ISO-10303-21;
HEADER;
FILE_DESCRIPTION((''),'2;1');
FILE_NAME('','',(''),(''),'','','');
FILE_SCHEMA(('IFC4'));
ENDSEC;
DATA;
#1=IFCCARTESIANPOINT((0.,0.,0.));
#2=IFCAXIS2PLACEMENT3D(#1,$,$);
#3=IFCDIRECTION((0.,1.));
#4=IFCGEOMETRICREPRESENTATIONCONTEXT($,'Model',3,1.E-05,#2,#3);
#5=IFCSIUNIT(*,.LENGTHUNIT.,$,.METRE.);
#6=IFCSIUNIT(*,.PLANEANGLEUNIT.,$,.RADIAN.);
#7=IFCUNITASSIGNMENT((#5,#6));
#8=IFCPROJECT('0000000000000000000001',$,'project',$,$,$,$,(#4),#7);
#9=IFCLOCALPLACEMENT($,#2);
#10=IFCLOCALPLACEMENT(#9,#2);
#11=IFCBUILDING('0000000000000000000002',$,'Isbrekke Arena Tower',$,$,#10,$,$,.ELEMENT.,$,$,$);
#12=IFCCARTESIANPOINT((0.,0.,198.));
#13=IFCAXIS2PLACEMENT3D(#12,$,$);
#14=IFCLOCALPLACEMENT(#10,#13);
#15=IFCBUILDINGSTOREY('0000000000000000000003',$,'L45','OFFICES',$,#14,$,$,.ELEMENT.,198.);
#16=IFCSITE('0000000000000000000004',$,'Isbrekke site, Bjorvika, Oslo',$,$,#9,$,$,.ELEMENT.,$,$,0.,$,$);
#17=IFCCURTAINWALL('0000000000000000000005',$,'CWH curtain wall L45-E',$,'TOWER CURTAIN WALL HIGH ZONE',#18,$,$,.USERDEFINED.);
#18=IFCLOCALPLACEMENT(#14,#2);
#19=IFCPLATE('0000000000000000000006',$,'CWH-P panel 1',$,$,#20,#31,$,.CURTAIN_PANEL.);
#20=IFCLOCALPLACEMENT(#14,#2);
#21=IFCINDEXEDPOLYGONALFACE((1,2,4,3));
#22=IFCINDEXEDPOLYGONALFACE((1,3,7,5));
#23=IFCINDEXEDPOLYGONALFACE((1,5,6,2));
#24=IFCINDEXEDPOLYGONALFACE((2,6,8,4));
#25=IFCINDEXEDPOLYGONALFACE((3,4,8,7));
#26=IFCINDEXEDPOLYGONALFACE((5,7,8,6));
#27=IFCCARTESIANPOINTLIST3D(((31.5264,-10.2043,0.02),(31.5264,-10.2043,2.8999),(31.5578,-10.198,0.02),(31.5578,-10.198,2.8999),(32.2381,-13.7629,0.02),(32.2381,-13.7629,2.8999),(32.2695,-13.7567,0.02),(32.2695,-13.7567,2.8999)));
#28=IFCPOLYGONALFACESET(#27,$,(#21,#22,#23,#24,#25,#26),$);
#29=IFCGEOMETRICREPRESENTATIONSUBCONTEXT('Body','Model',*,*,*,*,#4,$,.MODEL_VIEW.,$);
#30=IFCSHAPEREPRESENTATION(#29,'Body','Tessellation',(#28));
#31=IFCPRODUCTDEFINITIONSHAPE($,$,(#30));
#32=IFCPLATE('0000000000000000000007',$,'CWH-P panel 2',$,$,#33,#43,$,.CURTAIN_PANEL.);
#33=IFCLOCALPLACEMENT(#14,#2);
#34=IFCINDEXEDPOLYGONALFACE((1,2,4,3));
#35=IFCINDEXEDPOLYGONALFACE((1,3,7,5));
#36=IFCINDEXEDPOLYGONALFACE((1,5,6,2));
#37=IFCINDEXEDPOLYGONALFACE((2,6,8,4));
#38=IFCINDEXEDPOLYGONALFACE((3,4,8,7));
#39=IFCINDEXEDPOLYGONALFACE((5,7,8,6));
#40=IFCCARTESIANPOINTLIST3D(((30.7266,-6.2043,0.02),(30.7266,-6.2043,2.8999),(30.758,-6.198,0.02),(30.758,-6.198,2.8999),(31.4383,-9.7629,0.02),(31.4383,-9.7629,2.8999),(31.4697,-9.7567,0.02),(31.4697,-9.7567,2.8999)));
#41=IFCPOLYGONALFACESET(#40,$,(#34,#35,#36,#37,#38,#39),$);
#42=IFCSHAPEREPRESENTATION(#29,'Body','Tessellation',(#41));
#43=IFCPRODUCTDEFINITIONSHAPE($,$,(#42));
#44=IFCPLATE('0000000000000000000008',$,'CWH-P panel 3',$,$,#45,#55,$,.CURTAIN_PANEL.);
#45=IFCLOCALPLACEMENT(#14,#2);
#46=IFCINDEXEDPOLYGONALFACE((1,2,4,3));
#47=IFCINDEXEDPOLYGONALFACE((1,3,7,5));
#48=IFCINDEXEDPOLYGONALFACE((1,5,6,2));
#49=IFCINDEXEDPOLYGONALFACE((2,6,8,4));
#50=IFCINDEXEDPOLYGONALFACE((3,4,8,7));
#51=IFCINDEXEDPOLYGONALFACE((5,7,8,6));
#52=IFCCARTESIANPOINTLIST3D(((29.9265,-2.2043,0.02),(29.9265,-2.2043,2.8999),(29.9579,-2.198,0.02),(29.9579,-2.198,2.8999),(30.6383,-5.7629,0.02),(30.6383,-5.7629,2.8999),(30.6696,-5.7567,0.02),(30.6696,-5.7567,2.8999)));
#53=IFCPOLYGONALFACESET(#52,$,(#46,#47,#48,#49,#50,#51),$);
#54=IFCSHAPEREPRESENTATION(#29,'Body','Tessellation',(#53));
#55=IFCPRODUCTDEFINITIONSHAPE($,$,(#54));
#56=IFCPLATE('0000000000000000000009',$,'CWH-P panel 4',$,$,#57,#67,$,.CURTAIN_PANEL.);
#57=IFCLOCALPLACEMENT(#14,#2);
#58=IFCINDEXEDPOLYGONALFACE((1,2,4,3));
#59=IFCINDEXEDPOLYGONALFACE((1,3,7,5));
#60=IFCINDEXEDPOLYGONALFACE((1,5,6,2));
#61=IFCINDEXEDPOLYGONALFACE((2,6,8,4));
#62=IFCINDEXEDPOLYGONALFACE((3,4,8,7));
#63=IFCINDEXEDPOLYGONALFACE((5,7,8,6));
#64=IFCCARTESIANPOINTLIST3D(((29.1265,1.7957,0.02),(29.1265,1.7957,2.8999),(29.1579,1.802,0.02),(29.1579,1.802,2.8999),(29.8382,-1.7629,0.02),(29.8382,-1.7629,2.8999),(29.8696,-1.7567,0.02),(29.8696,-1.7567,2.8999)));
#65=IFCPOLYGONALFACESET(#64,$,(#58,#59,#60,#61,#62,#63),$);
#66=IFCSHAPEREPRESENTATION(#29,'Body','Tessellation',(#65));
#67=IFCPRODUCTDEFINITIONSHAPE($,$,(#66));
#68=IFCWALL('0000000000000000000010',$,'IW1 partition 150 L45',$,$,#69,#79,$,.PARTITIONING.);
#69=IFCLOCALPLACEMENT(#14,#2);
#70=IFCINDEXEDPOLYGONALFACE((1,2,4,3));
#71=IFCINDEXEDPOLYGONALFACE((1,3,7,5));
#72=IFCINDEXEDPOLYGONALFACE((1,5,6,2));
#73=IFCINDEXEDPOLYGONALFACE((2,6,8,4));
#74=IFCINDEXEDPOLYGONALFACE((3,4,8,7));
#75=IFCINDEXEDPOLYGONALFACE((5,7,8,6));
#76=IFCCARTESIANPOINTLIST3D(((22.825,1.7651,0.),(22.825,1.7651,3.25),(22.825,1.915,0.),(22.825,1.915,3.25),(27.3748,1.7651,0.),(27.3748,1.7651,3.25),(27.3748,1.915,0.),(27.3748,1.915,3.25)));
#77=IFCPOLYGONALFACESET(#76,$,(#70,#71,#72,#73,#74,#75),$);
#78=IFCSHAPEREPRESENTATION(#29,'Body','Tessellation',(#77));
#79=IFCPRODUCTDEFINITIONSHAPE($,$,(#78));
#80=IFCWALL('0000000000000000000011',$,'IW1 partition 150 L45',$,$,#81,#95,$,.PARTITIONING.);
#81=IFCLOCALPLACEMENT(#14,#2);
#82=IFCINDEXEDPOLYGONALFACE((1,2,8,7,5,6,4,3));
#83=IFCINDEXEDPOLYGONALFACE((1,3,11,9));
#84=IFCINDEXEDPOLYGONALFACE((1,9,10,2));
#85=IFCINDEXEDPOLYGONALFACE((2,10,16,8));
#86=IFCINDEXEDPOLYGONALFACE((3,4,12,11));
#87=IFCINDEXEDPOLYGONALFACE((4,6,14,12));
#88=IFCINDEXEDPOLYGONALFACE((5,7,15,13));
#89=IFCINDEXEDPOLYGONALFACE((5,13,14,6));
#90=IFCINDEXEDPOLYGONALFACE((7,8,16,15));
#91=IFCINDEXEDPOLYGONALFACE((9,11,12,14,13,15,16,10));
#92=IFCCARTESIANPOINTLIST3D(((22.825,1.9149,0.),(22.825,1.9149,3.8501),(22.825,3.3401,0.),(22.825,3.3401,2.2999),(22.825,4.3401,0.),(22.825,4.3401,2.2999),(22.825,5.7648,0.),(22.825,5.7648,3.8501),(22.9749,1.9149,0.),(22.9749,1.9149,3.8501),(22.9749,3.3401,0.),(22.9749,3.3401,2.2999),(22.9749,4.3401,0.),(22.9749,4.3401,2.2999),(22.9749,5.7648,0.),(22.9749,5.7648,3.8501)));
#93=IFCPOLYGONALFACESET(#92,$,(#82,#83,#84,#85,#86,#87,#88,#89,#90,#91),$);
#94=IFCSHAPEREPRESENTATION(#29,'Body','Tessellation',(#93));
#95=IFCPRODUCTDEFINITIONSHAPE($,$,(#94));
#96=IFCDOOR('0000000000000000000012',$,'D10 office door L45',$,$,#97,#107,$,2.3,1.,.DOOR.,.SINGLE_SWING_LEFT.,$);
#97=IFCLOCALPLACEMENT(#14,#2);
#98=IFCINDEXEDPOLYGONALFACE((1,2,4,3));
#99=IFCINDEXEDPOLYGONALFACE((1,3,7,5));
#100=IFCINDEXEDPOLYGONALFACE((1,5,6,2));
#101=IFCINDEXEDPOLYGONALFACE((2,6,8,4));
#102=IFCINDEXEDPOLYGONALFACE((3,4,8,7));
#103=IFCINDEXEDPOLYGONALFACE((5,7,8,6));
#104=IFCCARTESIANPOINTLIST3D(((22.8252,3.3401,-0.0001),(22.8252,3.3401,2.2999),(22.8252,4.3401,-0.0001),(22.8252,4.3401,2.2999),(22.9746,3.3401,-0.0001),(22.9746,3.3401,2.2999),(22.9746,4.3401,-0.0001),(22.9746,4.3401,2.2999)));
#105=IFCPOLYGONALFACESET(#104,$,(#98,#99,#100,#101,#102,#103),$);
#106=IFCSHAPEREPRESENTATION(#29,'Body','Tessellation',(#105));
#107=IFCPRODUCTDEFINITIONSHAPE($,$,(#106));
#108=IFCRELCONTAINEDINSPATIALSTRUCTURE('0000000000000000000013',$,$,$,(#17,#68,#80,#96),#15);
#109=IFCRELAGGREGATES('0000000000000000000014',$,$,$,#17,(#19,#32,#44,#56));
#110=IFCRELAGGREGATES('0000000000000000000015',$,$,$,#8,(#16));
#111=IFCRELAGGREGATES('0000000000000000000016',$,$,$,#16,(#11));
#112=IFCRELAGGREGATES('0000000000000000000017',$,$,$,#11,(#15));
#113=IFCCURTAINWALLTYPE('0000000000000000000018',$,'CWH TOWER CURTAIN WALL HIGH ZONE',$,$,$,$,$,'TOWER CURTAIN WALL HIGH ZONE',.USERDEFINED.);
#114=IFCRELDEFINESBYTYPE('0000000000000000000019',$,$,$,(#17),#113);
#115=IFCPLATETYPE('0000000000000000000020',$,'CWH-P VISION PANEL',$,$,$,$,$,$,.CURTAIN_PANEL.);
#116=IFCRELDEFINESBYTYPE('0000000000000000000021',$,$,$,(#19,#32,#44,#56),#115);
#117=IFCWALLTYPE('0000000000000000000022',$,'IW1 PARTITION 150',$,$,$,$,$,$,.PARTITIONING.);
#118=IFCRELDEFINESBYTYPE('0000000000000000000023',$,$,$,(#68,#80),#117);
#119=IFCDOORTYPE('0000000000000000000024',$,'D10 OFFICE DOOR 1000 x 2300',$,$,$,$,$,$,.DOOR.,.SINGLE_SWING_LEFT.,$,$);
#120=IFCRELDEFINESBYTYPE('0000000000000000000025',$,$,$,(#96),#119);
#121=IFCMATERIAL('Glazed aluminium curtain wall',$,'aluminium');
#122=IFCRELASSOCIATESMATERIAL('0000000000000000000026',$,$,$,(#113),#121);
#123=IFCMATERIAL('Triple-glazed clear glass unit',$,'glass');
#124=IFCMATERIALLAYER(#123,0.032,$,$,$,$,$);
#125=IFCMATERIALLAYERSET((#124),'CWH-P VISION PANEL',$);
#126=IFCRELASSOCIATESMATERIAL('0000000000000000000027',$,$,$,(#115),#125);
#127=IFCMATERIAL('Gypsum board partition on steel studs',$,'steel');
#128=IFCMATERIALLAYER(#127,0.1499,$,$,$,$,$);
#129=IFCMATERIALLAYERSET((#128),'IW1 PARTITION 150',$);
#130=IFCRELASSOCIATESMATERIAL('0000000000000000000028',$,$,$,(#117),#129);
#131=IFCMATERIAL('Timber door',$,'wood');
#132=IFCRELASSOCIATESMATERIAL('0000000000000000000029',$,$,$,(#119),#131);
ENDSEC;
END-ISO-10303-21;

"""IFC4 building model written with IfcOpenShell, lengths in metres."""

from ifc_helpers import new_model, si_unit, direction, frame, frame_2d, origin, origin_2d, place, context, subcontext, project, spatial, rectangle, extrude, material, layer, layer_set, type_object, element, fill, aggregate, save


model = new_model("IFC4")

# Units and contexts
model_context = context("Model", 3, precision=1e-05, world=origin(), true_north=direction((0.0, 1.0)))
body_context = subcontext(model_context, "Body", "Model", "MODEL_VIEW")
ifc_project = project(units=[si_unit("LENGTHUNIT", "METRE"), si_unit("PLANEANGLEUNIT", "RADIAN")], contexts=[model_context])

# Site, building, storey
site_placement = place(None, origin())
site = spatial("IfcSite", under=ifc_project, at=site_placement, Name="Isbrekke site, Bjorvika, Oslo", CompositionType="ELEMENT", RefElevation=0.0)
building_placement = place(site_placement, origin())
building = spatial("IfcBuilding", under=site, at=building_placement, Name="Isbrekke Arena Tower", CompositionType="ELEMENT")
storey_placement = place(building_placement, frame((0.0, 0.0, 198.0)))
storey = spatial("IfcBuildingStorey", under=building, at=storey_placement, Name="L45", Description="OFFICES", CompositionType="ELEMENT", Elevation=198.0)

# Curtain wall
ifc_material_1 = material(Name="Glazed aluminium curtain wall", Category="aluminium")
curtain_wall_type = type_object("IfcCurtainWallType", Name="CWH TOWER CURTAIN WALL HIGH ZONE", ElementType="TOWER CURTAIN WALL HIGH ZONE", PredefinedType="USERDEFINED", material=ifc_material_1)
curtain_wall_placement = place(storey_placement, origin())
curtain_wall = element("IfcCurtainWall", 1, at=curtain_wall_placement, inside=storey, type_object=curtain_wall_type, Name="CWH curtain wall L45-E", ObjectType="TOWER CURTAIN WALL HIGH ZONE", PredefinedType="USERDEFINED")

# Plates
ifc_material_2 = material(Name="Triple-glazed clear glass unit", Category="glass")
ifc_layer_1 = layer(ifc_material_2, 0.032)
ifc_layer_set_1 = layer_set([ifc_layer_1], Name="CWH-P VISION PANEL")
plate_type = type_object("IfcPlateType", Name="CWH-P VISION PANEL", PredefinedType="CURTAIN_PANEL", material=ifc_layer_set_1)
plate_1_placement = place(storey_placement, frame((31.8979, -11.9805, 0.02), z_axis=(0.0, 0.0, 1.0), x_axis=(-0.196116, 0.980581, 0.0)))
plate_1 = element("IfcPlate", 2, at=plate_1_placement, type_object=plate_type, Name="CWH-P panel 1", PredefinedType="CURTAIN_PANEL", context=body_context, shape_type="SweptSolid", body=[
    extrude(rectangle(XDim=3.6292, YDim=0.032, at=origin_2d()), origin(), (0.0, 0.0, 1.0), 2.8799),
])
plate_2_placement = place(storey_placement, frame((31.0981, -7.9805, 0.02), z_axis=(0.0, 0.0, 1.0), x_axis=(-0.196116, 0.980581, 0.0)))
plate_2 = element("IfcPlate", 3, at=plate_2_placement, type_object=plate_type, Name="CWH-P panel 2", PredefinedType="CURTAIN_PANEL", context=body_context, shape_type="SweptSolid", body=[
    extrude(rectangle(XDim=3.6292, YDim=0.032, at=origin_2d()), origin(), (0.0, 0.0, 1.0), 2.8799),
])
plate_3_placement = place(storey_placement, frame((30.2981, -3.9805, 0.02), z_axis=(0.0, 0.0, 1.0), x_axis=(-0.196116, 0.980581, 0.0)))
plate_3 = element("IfcPlate", 4, at=plate_3_placement, type_object=plate_type, Name="CWH-P panel 3", PredefinedType="CURTAIN_PANEL", context=body_context, shape_type="SweptSolid", body=[
    extrude(rectangle(XDim=3.6292, YDim=0.032, at=origin_2d()), origin(), (0.0, 0.0, 1.0), 2.8799),
])
plate_4_placement = place(storey_placement, frame((29.498, 0.0195, 0.02), z_axis=(0.0, 0.0, 1.0), x_axis=(-0.196116, 0.980581, 0.0)))
plate_4 = element("IfcPlate", 5, at=plate_4_placement, type_object=plate_type, Name="CWH-P panel 4", PredefinedType="CURTAIN_PANEL", context=body_context, shape_type="SweptSolid", body=[
    extrude(rectangle(XDim=3.6292, YDim=0.032, at=origin_2d()), origin(), (0.0, 0.0, 1.0), 2.8799),
])
aggregate(curtain_wall, [plate_1, plate_2, plate_3, plate_4])

# Wall
ifc_material_3 = material(Name="Gypsum board partition on steel studs", Category="steel")
ifc_layer_2 = layer(ifc_material_3, 0.1499)
ifc_layer_set_2 = layer_set([ifc_layer_2], Name="IW1 PARTITION 150")
wall_type = type_object("IfcWallType", Name="IW1 PARTITION 150", PredefinedType="PARTITIONING", material=ifc_layer_set_2)
wall_1_placement = place(storey_placement, frame((22.825, 1.8401, 0.0), z_axis=(0.0, 0.0, 1.0), x_axis=(1.0, 0.0, 0.0)))
element("IfcWall", 6, at=wall_1_placement, inside=storey, type_object=wall_type, Name="IW1 partition 150 L45", PredefinedType="PARTITIONING", context=body_context, shape_type="SweptSolid", body=[
    extrude(rectangle(XDim=4.5498, YDim=0.1499, at=frame_2d((2.2749, 0.0))), origin(), (0.0, 0.0, 1.0), 3.25),
])

# Wall, opening, door
wall_2_placement = place(storey_placement, frame((22.8999, 1.915, 0.0), z_axis=(0.0, 0.0, 1.0), x_axis=(0.0, 1.0, 0.0)))
wall_2 = element("IfcWall", 7, at=wall_2_placement, inside=storey, type_object=wall_type, Name="IW1 partition 150 L45", PredefinedType="PARTITIONING", context=body_context, shape_type="SweptSolid", body=[
    extrude(rectangle(XDim=3.8499, YDim=0.1499, at=frame_2d((1.9248, 0.0))), origin(), (0.0, 0.0, 1.0), 3.8501),
])
opening_placement = place(wall_2_placement, frame((1.425, 0.0, 0.0)))
opening = element("IfcOpeningElement", 8, at=opening_placement, cuts=wall_2, PredefinedType="OPENING", context=body_context, shape_type="SweptSolid", body=[
    extrude(rectangle(XDim=1.0, YDim=2.3, at=frame_2d((0.5, 1.1499))), frame((0.0, 0.0898, 0.0), z_axis=(0.0, -1.0, 0.0), x_axis=(1.0, 0.0, 0.0)), (0.0, 0.0, 1.0), 0.1797),
])
ifc_material_4 = material(Name="Timber door", Category="wood")
door_type = type_object("IfcDoorType", Name="D10 OFFICE DOOR 1000 x 2300", OperationType="SINGLE_SWING_LEFT", PredefinedType="DOOR", material=ifc_material_4)
door_placement = place(opening_placement, origin())
door = element("IfcDoor", 9, at=door_placement, inside=storey, type_object=door_type, Name="D10 office door L45", OperationType="SINGLE_SWING_LEFT", OverallHeight=2.3, OverallWidth=1.0, PredefinedType="DOOR", context=body_context, shape_type="SweptSolid", body=[
    extrude(rectangle(XDim=1.0, YDim=2.3, at=frame_2d((0.5, 1.1499))), frame((0.0, 0.0747, 0.0), z_axis=(0.0, -1.0, 0.0), x_axis=(1.0, 0.0, 0.0)), (0.0, 0.0, 1.0), 0.1494),
])
fill(opening, door)

save(model, "model.ifc")
